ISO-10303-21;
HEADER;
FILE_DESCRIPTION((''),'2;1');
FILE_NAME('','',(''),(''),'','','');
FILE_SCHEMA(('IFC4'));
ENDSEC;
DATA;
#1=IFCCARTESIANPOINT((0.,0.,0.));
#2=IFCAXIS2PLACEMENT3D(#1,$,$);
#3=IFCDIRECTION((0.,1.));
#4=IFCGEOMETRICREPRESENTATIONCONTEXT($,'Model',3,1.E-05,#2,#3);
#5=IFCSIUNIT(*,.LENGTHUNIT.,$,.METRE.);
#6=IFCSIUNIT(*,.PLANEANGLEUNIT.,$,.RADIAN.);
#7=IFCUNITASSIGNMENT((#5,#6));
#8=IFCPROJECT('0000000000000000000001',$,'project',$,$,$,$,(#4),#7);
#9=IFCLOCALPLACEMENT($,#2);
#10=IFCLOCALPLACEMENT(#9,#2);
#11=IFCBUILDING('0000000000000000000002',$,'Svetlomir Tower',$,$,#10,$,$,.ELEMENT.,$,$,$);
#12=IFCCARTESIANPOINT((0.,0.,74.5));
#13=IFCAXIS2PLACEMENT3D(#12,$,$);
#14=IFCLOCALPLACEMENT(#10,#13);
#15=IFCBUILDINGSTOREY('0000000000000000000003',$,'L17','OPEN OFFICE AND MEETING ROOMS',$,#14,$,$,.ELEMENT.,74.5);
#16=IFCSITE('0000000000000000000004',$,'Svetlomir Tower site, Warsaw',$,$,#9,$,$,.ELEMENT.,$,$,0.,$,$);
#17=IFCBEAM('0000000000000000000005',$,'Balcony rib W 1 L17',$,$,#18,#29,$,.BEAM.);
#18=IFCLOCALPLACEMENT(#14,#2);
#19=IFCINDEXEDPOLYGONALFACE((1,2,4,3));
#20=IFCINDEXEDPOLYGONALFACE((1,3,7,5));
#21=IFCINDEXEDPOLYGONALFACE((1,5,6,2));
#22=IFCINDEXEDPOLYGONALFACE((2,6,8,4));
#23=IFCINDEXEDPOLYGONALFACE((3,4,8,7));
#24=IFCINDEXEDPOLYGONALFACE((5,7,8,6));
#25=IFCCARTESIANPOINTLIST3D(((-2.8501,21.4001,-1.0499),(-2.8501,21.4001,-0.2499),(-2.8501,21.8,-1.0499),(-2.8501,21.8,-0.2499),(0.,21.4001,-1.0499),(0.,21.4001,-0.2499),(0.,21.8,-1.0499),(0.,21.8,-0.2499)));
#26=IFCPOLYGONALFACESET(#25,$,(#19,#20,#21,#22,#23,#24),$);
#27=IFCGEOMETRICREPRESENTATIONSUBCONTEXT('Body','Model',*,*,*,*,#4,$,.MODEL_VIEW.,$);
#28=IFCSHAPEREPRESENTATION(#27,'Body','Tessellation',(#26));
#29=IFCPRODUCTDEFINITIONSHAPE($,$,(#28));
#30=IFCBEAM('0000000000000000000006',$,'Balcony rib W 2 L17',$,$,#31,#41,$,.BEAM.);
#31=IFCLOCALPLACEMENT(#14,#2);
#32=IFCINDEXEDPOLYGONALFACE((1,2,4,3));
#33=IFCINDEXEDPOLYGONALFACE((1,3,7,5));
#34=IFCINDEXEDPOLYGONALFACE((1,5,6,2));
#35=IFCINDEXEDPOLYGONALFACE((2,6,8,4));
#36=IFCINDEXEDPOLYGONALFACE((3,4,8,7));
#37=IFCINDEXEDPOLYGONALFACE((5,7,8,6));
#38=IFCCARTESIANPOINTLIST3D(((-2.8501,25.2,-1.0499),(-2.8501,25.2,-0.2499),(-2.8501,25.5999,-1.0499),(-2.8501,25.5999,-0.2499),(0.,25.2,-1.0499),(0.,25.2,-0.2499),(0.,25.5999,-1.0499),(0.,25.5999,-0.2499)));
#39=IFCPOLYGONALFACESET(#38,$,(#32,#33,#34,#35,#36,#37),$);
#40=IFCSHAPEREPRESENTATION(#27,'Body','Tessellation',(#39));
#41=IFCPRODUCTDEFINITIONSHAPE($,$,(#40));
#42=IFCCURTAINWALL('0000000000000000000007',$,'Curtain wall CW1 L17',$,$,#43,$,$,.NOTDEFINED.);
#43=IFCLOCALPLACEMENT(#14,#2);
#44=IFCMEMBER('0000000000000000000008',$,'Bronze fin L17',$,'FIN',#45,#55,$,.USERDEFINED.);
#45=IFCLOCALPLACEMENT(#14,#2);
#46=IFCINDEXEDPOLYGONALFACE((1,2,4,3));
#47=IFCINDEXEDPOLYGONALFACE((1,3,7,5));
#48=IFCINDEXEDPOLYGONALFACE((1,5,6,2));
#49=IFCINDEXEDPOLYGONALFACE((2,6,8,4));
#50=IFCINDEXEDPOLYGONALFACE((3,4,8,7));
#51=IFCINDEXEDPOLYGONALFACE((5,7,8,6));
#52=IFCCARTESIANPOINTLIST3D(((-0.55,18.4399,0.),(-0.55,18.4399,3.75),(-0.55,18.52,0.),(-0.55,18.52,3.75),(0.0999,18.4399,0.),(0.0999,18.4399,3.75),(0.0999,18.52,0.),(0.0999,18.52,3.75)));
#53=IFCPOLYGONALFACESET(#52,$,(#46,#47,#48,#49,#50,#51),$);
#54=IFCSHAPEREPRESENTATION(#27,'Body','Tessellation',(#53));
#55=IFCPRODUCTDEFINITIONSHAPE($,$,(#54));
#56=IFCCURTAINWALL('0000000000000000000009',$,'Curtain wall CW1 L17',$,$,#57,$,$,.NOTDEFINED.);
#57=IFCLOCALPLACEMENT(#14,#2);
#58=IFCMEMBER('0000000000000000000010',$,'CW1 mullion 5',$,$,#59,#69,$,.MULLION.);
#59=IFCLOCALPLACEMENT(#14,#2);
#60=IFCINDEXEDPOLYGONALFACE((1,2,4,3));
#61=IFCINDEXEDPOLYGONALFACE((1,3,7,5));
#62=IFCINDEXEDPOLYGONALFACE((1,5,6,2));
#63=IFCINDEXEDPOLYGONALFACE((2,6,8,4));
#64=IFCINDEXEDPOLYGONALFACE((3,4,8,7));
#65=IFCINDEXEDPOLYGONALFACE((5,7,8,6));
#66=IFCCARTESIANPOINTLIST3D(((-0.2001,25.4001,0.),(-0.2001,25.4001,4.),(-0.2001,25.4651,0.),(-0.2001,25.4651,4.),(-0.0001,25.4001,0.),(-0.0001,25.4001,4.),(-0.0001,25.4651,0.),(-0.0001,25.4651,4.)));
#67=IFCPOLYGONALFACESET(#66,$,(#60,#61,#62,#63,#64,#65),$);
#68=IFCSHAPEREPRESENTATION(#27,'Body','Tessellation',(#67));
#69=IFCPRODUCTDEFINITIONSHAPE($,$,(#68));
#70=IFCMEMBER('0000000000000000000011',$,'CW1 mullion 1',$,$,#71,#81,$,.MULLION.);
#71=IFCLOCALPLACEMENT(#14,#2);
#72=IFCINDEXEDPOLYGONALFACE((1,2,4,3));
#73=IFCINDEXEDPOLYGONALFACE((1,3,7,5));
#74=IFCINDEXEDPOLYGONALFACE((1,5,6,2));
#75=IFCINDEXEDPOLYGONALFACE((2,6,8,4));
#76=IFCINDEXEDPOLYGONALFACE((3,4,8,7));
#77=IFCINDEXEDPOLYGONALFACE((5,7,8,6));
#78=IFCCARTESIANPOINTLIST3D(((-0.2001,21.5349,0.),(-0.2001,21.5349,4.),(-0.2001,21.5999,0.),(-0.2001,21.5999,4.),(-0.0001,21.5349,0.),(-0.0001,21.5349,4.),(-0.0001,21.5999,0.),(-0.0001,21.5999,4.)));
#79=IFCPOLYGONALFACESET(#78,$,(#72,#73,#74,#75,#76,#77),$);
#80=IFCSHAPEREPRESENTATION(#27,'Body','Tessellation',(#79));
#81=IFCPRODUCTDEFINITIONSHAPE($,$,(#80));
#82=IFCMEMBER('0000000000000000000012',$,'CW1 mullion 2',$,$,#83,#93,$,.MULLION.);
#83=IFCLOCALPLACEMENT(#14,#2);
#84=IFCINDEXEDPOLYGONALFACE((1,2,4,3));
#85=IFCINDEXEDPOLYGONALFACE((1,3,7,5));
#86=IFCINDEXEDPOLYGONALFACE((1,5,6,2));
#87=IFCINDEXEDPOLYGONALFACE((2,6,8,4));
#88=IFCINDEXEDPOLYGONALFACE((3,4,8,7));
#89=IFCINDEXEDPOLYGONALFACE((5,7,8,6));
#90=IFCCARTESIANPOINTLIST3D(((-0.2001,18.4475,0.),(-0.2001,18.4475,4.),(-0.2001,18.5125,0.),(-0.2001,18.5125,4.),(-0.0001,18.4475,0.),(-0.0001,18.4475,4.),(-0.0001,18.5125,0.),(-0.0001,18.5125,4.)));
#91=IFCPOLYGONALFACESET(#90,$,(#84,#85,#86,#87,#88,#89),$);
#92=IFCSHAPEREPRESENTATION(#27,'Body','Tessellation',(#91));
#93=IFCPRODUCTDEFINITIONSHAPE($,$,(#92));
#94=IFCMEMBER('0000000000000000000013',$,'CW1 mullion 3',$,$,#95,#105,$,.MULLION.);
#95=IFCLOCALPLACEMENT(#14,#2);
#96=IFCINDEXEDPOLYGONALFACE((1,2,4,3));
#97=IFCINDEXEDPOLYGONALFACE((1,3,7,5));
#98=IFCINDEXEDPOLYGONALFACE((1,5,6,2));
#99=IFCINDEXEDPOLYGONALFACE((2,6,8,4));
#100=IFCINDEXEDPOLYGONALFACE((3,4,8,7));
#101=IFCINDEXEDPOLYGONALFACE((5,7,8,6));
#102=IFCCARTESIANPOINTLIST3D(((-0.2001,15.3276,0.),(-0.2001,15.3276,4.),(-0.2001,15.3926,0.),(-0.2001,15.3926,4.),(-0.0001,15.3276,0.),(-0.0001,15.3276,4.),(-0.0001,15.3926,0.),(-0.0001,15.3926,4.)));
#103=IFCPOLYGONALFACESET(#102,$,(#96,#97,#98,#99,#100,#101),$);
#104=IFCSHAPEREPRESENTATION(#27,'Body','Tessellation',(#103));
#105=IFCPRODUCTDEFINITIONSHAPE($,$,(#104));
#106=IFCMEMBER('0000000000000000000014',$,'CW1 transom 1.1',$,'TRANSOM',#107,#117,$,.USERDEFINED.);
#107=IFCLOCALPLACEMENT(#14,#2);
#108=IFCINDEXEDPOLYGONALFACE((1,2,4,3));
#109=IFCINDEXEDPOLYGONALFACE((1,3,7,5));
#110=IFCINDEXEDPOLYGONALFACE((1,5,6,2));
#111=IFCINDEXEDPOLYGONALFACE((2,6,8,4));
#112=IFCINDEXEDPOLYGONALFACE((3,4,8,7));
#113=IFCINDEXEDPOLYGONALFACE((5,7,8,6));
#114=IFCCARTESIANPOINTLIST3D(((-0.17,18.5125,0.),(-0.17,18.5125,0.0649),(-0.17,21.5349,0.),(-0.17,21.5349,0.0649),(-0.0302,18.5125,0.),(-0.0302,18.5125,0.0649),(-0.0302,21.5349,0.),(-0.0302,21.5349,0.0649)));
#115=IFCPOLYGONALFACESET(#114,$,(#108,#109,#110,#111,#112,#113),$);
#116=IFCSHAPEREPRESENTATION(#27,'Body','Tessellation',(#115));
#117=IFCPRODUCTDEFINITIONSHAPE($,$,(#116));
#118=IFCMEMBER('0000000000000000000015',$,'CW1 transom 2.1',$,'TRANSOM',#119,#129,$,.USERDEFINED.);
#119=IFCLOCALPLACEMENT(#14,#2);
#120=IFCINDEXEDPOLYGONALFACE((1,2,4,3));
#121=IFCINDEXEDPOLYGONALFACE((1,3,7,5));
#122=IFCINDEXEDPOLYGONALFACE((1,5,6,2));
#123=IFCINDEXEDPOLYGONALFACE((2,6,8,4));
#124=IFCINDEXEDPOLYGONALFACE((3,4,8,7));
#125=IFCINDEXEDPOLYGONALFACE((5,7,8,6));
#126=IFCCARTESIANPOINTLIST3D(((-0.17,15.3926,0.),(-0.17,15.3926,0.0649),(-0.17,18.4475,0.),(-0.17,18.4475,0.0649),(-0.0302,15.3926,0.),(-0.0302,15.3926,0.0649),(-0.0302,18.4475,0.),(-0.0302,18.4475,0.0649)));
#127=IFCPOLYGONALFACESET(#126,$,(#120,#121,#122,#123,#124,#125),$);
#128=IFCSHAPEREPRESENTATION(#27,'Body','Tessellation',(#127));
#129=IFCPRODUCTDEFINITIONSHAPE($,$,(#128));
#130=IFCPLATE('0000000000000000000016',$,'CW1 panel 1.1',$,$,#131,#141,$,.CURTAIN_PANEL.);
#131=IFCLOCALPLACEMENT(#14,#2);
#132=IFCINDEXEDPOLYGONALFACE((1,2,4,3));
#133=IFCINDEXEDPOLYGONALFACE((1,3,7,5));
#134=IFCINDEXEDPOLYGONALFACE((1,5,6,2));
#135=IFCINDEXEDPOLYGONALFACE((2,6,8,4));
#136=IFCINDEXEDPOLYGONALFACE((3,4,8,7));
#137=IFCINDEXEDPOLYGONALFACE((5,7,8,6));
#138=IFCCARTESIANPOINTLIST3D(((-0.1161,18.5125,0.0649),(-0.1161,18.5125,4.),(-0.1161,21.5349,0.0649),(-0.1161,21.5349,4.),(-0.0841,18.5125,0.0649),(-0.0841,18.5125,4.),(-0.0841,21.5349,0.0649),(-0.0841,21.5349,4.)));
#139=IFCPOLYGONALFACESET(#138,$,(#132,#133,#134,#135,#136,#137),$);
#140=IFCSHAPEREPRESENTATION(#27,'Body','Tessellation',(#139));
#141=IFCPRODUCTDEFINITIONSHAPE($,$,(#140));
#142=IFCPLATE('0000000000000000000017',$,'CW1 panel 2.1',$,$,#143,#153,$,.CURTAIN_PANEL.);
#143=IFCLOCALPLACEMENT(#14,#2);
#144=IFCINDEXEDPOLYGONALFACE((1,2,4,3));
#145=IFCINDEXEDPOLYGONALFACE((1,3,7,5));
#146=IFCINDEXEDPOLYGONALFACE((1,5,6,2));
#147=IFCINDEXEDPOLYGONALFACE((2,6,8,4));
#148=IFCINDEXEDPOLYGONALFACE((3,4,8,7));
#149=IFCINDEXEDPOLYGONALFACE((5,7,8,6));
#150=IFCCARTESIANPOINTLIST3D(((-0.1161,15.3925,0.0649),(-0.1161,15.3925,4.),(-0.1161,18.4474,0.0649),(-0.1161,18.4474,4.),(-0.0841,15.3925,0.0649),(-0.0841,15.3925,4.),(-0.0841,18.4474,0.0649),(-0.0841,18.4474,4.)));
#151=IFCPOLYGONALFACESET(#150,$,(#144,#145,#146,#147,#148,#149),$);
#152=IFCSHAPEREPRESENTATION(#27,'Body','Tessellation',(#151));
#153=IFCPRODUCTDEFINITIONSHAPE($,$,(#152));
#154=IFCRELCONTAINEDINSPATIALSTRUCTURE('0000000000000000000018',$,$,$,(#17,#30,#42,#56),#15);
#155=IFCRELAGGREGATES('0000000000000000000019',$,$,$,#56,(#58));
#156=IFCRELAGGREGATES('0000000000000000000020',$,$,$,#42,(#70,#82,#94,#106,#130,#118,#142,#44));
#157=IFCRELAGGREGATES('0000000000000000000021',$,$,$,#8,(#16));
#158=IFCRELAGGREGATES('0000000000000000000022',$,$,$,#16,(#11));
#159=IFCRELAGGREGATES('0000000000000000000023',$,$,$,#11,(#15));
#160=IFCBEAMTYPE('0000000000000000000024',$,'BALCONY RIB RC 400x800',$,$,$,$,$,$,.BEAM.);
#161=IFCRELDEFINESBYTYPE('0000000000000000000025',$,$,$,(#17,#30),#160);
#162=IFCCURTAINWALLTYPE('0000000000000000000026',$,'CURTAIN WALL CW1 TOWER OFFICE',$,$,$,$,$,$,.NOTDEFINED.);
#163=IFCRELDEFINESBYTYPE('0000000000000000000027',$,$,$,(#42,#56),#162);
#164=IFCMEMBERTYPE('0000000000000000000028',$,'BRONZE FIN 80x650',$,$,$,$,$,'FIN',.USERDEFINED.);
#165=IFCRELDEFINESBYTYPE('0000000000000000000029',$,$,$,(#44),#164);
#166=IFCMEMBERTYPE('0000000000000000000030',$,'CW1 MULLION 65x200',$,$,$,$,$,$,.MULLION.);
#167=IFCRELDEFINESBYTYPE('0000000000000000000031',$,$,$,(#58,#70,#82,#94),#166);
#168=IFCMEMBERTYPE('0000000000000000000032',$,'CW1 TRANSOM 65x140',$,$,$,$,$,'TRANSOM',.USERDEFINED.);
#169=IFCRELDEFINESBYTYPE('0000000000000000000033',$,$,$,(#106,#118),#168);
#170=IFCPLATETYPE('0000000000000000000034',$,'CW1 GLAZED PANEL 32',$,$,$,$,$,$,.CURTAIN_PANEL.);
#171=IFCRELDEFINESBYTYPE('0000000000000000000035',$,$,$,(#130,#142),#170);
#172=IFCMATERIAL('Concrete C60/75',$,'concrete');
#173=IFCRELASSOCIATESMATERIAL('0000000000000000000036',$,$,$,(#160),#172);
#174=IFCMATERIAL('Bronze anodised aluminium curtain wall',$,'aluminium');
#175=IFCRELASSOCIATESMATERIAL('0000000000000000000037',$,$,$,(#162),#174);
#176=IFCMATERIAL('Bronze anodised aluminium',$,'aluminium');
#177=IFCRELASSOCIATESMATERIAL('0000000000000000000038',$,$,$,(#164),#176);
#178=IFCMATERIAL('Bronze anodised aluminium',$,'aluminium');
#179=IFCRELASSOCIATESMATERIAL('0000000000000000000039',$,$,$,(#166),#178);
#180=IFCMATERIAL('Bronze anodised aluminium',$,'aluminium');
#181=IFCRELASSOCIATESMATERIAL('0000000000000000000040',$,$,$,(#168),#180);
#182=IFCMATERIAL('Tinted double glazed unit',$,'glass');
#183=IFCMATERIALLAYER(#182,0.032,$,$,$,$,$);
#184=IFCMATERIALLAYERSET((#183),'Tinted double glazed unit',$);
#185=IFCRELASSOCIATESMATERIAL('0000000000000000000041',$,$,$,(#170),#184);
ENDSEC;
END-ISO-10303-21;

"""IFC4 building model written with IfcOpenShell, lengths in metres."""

from ifc_helpers import new_model, si_unit, direction, frame, origin, origin_2d, place, context, subcontext, project, spatial, rectangle, extrude, material, layer, layer_set, material_profile, profile_set, type_object, element, aggregate, save


model = new_model("IFC4")

# Units and contexts
model_context = context("Model", 3, precision=1e-05, world=origin(), true_north=direction((0.0, 1.0)))
body_context = subcontext(model_context, "Body", "Model", "MODEL_VIEW")
ifc_project = project(units=[si_unit("LENGTHUNIT", "METRE"), si_unit("PLANEANGLEUNIT", "RADIAN")], contexts=[model_context])

# Site, building, storey
site_placement = place(None, origin())
site = spatial("IfcSite", under=ifc_project, at=site_placement, Name="Svetlomir Tower site, Warsaw", CompositionType="ELEMENT", RefElevation=0.0)
building_placement = place(site_placement, origin())
building = spatial("IfcBuilding", under=site, at=building_placement, Name="Svetlomir Tower", CompositionType="ELEMENT")
storey_placement = place(building_placement, frame((0.0, 0.0, 74.5)))
storey = spatial("IfcBuildingStorey", under=building, at=storey_placement, Name="L17", Description="OPEN OFFICE AND MEETING ROOMS", CompositionType="ELEMENT", Elevation=74.5)

# Beams
ifc_material_1 = material(Name="Concrete C60/75", Category="concrete")
ifc_material_profile_1 = material_profile(ifc_material_1, rectangle(XDim=0.3999, YDim=0.8, at=origin_2d()), Name="RC 400x800")
ifc_profile_set_1 = profile_set([ifc_material_profile_1], Name="Concrete C60/75")
beam_type = type_object("IfcBeamType", Name="BALCONY RIB RC 400x800", PredefinedType="BEAM", material=ifc_profile_set_1)
for number, where, z_axis, x_axis, name in (
    (1, (0.0, 21.6001, -0.6499), (-1.0, 0.0, 0.0), (0.0, -1.0, 0.0), "Balcony rib W 1 L17"),
    (2, (0.0, 25.3999, -0.6499), (-1.0, 0.0, 0.0), (0.0, -1.0, 0.0), "Balcony rib W 2 L17"),
):
    element("IfcBeam", number, at=place(storey_placement, frame(where, z_axis=z_axis, x_axis=x_axis)), inside=storey, type_object=beam_type, Name=name, PredefinedType="BEAM", context=body_context, shape_type="SweptSolid", body=[
        extrude(rectangle(XDim=0.3999, YDim=0.8, at=origin_2d()), origin(), (0.0, 0.0, 1.0), 2.8501),
    ])

# Curtain walls, members
ifc_material_2 = material(Name="Bronze anodised aluminium curtain wall", Category="aluminium")
curtain_wall_type = type_object("IfcCurtainWallType", Name="CURTAIN WALL CW1 TOWER OFFICE", PredefinedType="NOTDEFINED", material=ifc_material_2)
curtain_wall_1_placement = place(storey_placement, origin())
curtain_wall_1 = element("IfcCurtainWall", 3, at=curtain_wall_1_placement, inside=storey, type_object=curtain_wall_type, Name="Curtain wall CW1 L17", PredefinedType="NOTDEFINED")
ifc_material_3 = material(Name="Bronze anodised aluminium", Category="aluminium")
ifc_material_profile_2 = material_profile(ifc_material_3, rectangle(XDim=0.0801, YDim=0.6499, at=origin_2d()), Name="FIN 80x650")
ifc_profile_set_2 = profile_set([ifc_material_profile_2], Name="Bronze anodised aluminium 6063-T6")
member_type_1 = type_object("IfcMemberType", Name="BRONZE FIN 80x650", ElementType="FIN", PredefinedType="USERDEFINED", material=ifc_profile_set_2)
member_1_placement = place(storey_placement, frame((-0.2251, 18.48, 0.0), z_axis=(0.0, 0.0, 1.0), x_axis=(0.0, 1.0, 0.0)))
member_1 = element("IfcMember", 4, at=member_1_placement, type_object=member_type_1, Name="Bronze fin L17", ObjectType="FIN", PredefinedType="USERDEFINED", context=body_context, shape_type="SweptSolid", body=[
    extrude(rectangle(XDim=0.0801, YDim=0.6499, at=origin_2d()), origin(), (0.0, 0.0, 1.0), 3.75),
])
curtain_wall_2_placement = place(storey_placement, origin())
curtain_wall_2 = element("IfcCurtainWall", 5, at=curtain_wall_2_placement, inside=storey, type_object=curtain_wall_type, Name="Curtain wall CW1 L17", PredefinedType="NOTDEFINED")
ifc_material_4 = material(Name="Bronze anodised aluminium", Category="aluminium")
ifc_material_profile_3 = material_profile(ifc_material_4, rectangle(XDim=0.0649, YDim=0.2, at=origin_2d()), Name="AL 65x200")
ifc_profile_set_3 = profile_set([ifc_material_profile_3], Name="Bronze anodised aluminium 6063-T6")
member_type_2 = type_object("IfcMemberType", Name="CW1 MULLION 65x200", PredefinedType="MULLION", material=ifc_profile_set_3)
member_2_placement = place(storey_placement, frame((-0.1001, 25.4326, 0.0), z_axis=(0.0, 0.0, 1.0), x_axis=(0.0, -1.0, 0.0)))
member_2 = element("IfcMember", 6, at=member_2_placement, type_object=member_type_2, Name="CW1 mullion 5", PredefinedType="MULLION", context=body_context, shape_type="SweptSolid", body=[
    extrude(rectangle(XDim=0.0649, YDim=0.2, at=origin_2d()), origin(), (0.0, 0.0, 1.0), 4.0),
])
aggregate(curtain_wall_2, [member_2])

# Members
member_3_placement = place(storey_placement, frame((-0.1001, 21.5674, 0.0), z_axis=(0.0, 0.0, 1.0), x_axis=(0.0, -1.0, 0.0)))
member_3 = element("IfcMember", 7, at=member_3_placement, type_object=member_type_2, Name="CW1 mullion 1", PredefinedType="MULLION", context=body_context, shape_type="SweptSolid", body=[
    extrude(rectangle(XDim=0.0649, YDim=0.2, at=origin_2d()), origin(), (0.0, 0.0, 1.0), 4.0),
])
member_4_placement = place(storey_placement, frame((-0.1001, 18.48, 0.0), z_axis=(0.0, 0.0, 1.0), x_axis=(0.0, -1.0, 0.0)))
member_4 = element("IfcMember", 8, at=member_4_placement, type_object=member_type_2, Name="CW1 mullion 2", PredefinedType="MULLION", context=body_context, shape_type="SweptSolid", body=[
    extrude(rectangle(XDim=0.0649, YDim=0.2, at=origin_2d()), origin(), (0.0, 0.0, 1.0), 4.0),
])
member_5_placement = place(storey_placement, frame((-0.1001, 15.3601, 0.0), z_axis=(0.0, 0.0, 1.0), x_axis=(0.0, -1.0, 0.0)))
member_5 = element("IfcMember", 9, at=member_5_placement, type_object=member_type_2, Name="CW1 mullion 3", PredefinedType="MULLION", context=body_context, shape_type="SweptSolid", body=[
    extrude(rectangle(XDim=0.0649, YDim=0.2, at=origin_2d()), origin(), (0.0, 0.0, 1.0), 4.0),
])
ifc_material_5 = material(Name="Bronze anodised aluminium", Category="aluminium")
ifc_material_profile_4 = material_profile(ifc_material_5, rectangle(XDim=0.1399, YDim=0.0649, at=origin_2d()), Name="AL 140x65")
ifc_profile_set_4 = profile_set([ifc_material_profile_4], Name="Bronze anodised aluminium 6063-T6")
member_type_3 = type_object("IfcMemberType", Name="CW1 TRANSOM 65x140", ElementType="TRANSOM", PredefinedType="USERDEFINED", material=ifc_profile_set_4)
member_6_placement = place(storey_placement, frame((-0.1001, 21.5349, 0.0325), z_axis=(0.0, -1.0, 0.0), x_axis=(1.0, 0.0, 0.0)))
member_6 = element("IfcMember", 10, at=member_6_placement, type_object=member_type_3, Name="CW1 transom 1.1", ObjectType="TRANSOM", PredefinedType="USERDEFINED", context=body_context, shape_type="SweptSolid", body=[
    extrude(rectangle(XDim=0.1399, YDim=0.0649, at=origin_2d()), origin(), (0.0, 0.0, 1.0), 3.0225),
])
member_7_placement = place(storey_placement, frame((-0.1001, 18.4475, 0.0325), z_axis=(0.0, -1.0, 0.0), x_axis=(1.0, 0.0, 0.0)))
member_7 = element("IfcMember", 11, at=member_7_placement, type_object=member_type_3, Name="CW1 transom 2.1", ObjectType="TRANSOM", PredefinedType="USERDEFINED", context=body_context, shape_type="SweptSolid", body=[
    extrude(rectangle(XDim=0.1399, YDim=0.0649, at=origin_2d()), origin(), (0.0, 0.0, 1.0), 3.0549),
])

# Plates
ifc_material_6 = material(Name="Tinted double glazed unit", Category="glass")
ifc_layer_1 = layer(ifc_material_6, 0.032)
ifc_layer_set_1 = layer_set([ifc_layer_1], Name="Tinted double glazed unit")
plate_type = type_object("IfcPlateType", Name="CW1 GLAZED PANEL 32", PredefinedType="CURTAIN_PANEL", material=ifc_layer_set_1)
plate_1_placement = place(storey_placement, frame((-0.1001, 20.0237, 0.0649), z_axis=(0.0, 0.0, 1.0), x_axis=(0.0, -1.0, 0.0)))
plate_1 = element("IfcPlate", 12, at=plate_1_placement, type_object=plate_type, Name="CW1 panel 1.1", PredefinedType="CURTAIN_PANEL", context=body_context, shape_type="SweptSolid", body=[
    extrude(rectangle(XDim=3.0225, YDim=0.032, at=origin_2d()), origin(), (0.0, 0.0, 1.0), 3.9351),
])
plate_2_placement = place(storey_placement, frame((-0.1001, 16.9199, 0.0649), z_axis=(0.0, 0.0, 1.0), x_axis=(0.0, -1.0, 0.0)))
plate_2 = element("IfcPlate", 13, at=plate_2_placement, type_object=plate_type, Name="CW1 panel 2.1", PredefinedType="CURTAIN_PANEL", context=body_context, shape_type="SweptSolid", body=[
    extrude(rectangle(XDim=3.0549, YDim=0.032, at=origin_2d()), origin(), (0.0, 0.0, 1.0), 3.9351),
])
aggregate(curtain_wall_1, [member_3, member_4, member_5, member_6, plate_1, member_7, plate_2, member_1])

save(model, "model.ifc")
